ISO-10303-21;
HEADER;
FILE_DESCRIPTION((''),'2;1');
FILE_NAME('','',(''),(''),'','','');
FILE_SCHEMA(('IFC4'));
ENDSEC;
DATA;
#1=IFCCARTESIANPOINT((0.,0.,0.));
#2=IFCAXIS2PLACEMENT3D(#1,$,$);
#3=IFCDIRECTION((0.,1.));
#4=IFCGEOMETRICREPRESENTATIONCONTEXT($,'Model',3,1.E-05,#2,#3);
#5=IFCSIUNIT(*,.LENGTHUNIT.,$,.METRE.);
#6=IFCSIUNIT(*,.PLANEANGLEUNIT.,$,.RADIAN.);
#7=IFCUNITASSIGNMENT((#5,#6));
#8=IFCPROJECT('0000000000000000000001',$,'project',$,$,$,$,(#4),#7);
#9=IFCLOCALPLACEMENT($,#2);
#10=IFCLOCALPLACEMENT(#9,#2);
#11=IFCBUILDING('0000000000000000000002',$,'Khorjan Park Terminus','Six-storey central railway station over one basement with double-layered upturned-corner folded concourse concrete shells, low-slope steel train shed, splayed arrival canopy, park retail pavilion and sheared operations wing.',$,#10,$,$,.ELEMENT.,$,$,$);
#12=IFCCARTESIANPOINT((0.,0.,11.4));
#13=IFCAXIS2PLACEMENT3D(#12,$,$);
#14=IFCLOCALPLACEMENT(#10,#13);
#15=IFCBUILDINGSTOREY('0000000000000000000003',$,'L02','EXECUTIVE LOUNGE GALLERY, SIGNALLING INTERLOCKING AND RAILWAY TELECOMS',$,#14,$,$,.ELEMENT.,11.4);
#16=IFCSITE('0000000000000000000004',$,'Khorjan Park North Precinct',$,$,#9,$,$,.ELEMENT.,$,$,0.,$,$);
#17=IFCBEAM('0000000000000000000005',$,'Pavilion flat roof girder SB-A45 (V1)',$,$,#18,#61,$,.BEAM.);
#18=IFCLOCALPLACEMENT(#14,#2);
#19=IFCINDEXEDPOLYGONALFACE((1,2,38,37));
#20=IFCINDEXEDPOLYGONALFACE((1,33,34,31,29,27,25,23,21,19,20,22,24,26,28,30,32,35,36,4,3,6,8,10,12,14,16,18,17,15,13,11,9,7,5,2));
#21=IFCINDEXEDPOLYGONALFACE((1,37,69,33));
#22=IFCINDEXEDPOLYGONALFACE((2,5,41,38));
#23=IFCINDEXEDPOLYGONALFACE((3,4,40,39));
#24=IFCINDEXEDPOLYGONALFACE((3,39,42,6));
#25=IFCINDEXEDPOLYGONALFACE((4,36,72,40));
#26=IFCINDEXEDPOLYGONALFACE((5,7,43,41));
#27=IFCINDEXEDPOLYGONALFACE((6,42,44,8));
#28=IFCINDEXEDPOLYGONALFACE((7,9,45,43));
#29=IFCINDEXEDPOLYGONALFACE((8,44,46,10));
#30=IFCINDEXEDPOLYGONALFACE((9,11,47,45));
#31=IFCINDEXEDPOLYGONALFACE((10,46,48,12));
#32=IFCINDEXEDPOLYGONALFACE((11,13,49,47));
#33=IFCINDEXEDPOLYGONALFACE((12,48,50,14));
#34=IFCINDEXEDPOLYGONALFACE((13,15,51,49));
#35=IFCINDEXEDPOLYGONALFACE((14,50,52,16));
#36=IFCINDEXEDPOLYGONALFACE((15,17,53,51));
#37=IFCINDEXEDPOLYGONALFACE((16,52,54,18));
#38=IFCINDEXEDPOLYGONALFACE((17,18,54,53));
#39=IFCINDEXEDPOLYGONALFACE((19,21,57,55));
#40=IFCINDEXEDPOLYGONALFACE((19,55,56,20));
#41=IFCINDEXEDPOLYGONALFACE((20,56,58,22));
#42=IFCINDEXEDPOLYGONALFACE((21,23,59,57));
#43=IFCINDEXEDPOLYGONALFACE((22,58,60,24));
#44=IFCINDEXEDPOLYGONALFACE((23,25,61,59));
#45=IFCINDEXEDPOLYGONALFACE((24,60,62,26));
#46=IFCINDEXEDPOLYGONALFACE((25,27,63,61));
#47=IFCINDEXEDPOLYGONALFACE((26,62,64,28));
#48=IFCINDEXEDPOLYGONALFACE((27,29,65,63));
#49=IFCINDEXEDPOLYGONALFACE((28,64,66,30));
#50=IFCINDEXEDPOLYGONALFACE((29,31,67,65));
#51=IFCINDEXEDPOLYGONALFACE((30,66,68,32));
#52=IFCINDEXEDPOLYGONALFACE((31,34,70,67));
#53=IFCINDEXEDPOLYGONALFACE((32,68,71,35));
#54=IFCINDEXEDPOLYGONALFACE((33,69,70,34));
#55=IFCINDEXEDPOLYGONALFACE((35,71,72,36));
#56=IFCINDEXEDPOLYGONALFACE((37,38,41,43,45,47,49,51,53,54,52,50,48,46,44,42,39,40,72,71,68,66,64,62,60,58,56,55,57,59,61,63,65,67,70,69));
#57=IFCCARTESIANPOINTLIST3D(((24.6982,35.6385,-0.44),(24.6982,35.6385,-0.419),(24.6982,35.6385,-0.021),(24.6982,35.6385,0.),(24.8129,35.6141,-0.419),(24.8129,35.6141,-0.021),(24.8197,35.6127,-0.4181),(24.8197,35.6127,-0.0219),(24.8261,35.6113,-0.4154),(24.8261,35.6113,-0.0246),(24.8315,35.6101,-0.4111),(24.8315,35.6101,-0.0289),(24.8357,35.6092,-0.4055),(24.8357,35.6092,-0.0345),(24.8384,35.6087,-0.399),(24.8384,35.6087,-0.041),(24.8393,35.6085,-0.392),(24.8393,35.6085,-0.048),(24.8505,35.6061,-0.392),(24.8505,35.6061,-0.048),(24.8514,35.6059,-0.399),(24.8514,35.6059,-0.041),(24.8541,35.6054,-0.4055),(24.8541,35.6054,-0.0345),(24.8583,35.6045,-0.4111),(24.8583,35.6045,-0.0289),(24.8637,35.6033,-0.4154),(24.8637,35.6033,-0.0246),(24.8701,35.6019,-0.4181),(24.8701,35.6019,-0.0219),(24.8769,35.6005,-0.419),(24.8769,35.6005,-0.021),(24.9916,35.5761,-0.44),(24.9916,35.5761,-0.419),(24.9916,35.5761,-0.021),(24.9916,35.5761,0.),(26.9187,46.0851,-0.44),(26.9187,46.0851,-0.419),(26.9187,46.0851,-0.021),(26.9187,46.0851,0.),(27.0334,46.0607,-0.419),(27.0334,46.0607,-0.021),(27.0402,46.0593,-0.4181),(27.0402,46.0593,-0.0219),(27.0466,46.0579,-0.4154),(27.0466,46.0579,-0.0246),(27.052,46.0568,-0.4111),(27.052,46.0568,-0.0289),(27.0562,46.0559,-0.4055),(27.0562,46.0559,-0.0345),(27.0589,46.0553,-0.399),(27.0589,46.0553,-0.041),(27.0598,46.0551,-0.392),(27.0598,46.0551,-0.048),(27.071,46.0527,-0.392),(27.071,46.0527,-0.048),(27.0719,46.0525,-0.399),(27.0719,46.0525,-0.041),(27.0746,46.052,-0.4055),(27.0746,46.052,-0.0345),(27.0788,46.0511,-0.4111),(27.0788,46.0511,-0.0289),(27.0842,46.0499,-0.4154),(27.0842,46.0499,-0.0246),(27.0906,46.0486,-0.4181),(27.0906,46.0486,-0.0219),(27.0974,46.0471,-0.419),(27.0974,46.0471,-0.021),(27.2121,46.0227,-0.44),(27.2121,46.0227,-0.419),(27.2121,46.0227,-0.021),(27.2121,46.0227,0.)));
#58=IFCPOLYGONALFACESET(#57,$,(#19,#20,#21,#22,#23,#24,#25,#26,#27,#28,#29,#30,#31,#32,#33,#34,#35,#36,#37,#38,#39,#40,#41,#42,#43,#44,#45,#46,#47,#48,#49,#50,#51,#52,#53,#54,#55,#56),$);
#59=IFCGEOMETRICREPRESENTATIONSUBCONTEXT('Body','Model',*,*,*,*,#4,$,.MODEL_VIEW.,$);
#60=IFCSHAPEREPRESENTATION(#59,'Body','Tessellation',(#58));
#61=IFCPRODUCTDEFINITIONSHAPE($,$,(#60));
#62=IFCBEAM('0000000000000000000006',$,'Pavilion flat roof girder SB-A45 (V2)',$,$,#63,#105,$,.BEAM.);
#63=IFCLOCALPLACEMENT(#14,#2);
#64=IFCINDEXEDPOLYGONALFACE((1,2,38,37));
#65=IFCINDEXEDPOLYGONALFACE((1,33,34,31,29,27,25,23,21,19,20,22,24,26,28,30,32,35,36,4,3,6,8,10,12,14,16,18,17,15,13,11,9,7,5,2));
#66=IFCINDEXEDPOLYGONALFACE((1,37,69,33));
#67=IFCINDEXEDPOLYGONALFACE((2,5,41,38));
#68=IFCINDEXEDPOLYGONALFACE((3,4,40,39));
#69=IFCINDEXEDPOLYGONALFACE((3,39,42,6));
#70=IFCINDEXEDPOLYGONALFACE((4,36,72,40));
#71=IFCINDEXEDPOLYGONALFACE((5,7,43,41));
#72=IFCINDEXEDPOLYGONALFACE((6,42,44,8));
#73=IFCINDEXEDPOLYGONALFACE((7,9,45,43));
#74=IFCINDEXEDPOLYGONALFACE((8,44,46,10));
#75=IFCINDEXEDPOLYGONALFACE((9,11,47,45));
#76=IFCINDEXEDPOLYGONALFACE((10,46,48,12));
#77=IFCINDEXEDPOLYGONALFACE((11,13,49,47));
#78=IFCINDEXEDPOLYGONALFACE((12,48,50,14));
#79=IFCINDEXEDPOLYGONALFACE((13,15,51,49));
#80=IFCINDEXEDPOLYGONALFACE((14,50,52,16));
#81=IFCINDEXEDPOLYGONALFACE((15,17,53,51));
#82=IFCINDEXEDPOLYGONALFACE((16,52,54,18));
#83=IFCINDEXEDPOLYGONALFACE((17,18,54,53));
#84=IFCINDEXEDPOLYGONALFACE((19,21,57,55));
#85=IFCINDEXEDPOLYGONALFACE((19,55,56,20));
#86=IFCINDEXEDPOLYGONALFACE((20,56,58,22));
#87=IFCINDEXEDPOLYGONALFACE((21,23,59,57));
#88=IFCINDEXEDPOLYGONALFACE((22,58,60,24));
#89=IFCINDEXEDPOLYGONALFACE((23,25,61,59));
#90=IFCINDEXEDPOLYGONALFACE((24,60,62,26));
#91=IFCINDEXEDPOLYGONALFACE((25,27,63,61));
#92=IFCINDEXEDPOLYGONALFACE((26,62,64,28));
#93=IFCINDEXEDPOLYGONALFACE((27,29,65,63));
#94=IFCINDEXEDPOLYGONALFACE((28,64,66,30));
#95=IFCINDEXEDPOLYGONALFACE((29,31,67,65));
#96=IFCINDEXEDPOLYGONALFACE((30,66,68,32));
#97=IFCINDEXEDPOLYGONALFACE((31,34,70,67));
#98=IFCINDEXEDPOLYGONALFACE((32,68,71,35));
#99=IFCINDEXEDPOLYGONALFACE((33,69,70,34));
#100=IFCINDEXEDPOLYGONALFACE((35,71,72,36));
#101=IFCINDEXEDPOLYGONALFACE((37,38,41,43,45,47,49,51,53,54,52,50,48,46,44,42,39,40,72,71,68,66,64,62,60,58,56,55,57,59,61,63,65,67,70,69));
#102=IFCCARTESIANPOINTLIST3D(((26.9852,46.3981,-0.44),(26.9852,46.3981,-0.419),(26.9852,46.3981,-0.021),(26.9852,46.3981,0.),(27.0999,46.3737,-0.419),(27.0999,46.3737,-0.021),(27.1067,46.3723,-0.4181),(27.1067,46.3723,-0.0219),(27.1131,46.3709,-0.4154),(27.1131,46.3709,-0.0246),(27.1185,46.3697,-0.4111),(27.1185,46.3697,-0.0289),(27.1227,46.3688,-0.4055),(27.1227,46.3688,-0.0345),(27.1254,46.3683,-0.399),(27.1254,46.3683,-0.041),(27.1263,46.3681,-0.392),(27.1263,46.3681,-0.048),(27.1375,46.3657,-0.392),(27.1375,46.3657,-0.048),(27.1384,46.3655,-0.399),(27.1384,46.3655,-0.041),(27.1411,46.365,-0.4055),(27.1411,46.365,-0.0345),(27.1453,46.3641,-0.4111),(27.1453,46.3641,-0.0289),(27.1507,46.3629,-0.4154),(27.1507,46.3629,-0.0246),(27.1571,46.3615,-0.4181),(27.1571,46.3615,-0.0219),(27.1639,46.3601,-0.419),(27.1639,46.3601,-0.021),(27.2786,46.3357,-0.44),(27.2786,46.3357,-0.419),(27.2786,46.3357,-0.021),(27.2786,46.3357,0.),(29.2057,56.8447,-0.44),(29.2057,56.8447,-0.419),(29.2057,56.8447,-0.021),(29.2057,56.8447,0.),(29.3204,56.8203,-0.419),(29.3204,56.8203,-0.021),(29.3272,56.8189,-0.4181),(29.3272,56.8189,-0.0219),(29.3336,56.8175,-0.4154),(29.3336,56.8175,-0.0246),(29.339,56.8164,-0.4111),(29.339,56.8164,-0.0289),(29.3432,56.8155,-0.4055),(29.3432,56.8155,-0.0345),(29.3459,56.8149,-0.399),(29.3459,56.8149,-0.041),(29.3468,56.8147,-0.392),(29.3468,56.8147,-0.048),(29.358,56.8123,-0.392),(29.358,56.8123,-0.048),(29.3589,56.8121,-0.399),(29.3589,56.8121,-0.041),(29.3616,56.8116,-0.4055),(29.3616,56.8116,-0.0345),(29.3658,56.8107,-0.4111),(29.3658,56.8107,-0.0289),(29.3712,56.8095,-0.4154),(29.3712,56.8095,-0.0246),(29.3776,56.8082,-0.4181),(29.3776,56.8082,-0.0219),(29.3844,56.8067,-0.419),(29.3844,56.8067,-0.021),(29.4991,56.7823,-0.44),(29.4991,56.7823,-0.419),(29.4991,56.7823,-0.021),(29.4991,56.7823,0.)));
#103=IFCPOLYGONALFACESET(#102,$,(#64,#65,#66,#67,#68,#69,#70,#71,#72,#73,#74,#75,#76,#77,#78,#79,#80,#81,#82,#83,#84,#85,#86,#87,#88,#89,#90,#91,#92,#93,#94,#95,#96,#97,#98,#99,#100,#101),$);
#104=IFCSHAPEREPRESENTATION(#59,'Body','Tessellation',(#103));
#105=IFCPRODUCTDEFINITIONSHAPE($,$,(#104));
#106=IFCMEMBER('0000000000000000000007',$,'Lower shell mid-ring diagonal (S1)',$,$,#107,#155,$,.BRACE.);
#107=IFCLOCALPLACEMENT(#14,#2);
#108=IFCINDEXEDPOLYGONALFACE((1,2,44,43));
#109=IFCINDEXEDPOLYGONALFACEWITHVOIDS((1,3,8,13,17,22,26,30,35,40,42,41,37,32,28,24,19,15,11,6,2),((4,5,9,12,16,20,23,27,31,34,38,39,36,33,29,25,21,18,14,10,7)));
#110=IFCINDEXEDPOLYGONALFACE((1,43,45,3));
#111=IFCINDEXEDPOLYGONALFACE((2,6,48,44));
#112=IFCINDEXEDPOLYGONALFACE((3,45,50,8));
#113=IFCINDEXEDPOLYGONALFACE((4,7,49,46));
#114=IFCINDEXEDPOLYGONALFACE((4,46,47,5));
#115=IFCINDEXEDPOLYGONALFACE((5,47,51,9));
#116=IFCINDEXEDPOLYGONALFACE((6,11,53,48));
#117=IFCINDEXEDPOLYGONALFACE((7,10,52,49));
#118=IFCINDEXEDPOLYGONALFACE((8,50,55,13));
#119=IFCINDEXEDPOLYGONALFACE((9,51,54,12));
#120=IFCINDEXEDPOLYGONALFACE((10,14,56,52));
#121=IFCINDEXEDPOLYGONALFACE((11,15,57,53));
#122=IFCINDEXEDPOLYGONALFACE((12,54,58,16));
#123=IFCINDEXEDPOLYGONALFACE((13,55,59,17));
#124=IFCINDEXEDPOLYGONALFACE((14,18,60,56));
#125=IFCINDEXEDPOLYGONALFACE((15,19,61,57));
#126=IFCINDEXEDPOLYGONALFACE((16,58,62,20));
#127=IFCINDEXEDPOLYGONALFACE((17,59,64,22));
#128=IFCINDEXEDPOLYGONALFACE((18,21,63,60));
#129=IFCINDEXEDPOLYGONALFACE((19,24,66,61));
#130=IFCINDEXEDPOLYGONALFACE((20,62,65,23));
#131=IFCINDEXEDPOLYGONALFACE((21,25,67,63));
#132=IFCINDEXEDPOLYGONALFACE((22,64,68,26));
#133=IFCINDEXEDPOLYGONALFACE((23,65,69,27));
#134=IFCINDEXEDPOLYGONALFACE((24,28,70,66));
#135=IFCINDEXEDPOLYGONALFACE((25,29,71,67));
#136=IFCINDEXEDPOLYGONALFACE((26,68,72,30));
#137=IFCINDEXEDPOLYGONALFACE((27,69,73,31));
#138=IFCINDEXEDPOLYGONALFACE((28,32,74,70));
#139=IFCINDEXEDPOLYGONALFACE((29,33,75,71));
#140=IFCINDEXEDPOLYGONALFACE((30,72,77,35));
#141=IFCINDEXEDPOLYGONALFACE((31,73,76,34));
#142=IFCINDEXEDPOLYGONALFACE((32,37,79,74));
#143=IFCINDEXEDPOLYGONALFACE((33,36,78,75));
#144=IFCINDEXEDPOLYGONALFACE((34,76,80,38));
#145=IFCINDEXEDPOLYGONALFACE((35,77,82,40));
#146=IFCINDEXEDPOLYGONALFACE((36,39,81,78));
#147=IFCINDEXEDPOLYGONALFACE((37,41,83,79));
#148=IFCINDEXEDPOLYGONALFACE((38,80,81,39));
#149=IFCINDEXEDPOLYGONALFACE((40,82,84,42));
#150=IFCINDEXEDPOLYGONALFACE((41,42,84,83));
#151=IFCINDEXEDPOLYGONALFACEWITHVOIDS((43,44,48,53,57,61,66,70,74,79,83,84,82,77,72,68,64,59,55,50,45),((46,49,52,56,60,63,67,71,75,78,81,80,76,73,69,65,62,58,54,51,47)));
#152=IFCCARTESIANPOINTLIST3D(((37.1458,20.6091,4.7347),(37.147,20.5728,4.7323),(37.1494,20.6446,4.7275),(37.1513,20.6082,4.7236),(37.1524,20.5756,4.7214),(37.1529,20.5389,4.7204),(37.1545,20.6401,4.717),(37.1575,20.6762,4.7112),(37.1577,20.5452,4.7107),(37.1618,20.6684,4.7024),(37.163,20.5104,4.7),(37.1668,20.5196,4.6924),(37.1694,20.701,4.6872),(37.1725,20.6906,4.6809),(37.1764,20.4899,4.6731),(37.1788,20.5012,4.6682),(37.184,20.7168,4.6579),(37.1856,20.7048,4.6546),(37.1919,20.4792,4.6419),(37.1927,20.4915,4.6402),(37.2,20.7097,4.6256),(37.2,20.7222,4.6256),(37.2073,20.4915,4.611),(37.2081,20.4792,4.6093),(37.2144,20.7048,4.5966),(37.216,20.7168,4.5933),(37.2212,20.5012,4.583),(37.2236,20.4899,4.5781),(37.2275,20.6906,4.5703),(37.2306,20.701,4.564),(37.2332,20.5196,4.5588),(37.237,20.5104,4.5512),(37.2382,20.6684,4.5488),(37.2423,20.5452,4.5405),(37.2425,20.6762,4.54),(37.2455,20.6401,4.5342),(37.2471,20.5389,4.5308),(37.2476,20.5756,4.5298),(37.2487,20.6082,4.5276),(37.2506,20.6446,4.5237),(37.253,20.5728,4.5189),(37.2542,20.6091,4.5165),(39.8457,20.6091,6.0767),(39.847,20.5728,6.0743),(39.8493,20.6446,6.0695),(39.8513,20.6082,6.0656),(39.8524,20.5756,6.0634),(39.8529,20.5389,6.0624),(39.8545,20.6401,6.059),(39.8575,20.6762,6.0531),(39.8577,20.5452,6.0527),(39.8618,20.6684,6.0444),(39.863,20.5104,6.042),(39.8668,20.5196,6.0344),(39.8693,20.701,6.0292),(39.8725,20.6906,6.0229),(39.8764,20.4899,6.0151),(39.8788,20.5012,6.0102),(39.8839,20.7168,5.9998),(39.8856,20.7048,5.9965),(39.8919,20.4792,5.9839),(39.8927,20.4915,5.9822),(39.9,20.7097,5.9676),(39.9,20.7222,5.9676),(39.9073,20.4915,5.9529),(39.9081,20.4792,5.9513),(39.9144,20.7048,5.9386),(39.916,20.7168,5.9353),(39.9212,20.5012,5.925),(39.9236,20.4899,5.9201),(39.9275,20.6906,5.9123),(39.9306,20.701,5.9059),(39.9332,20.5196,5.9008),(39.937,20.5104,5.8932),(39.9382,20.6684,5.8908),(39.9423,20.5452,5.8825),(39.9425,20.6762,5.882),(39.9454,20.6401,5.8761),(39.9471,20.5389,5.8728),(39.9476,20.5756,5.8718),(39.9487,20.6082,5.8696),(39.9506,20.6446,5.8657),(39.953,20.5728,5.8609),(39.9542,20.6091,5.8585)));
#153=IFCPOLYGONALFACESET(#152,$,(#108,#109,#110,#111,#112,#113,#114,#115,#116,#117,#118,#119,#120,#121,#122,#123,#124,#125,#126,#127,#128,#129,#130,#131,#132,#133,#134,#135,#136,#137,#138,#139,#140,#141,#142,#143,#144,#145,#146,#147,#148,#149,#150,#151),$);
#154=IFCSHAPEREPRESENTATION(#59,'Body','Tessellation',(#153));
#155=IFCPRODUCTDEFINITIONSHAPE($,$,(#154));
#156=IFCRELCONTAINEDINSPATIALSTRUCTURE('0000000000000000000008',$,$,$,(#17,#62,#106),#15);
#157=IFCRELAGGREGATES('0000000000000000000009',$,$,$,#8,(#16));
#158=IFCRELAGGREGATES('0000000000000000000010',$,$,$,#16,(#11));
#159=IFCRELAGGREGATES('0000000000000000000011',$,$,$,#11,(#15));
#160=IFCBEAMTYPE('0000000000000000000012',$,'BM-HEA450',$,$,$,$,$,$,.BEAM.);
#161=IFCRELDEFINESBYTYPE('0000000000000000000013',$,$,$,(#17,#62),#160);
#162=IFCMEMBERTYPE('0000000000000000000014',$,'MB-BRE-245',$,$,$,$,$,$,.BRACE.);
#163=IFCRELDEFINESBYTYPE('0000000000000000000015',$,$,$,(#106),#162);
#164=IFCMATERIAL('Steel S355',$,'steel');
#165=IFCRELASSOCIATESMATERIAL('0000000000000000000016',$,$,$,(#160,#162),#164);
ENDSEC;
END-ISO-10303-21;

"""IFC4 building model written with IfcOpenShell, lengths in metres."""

from ifc_helpers import new_model, si_unit, direction, frame, origin, origin_2d, place, context, subcontext, project, spatial, hollow_circle, i_section, extrude, material, material_profile, profile_set, type_object, element, save


model = new_model("IFC4")

# Units and contexts
model_context = context("Model", 3, precision=1e-05, world=origin(), true_north=direction((0.0, 1.0)))
body_context = subcontext(model_context, "Body", "Model", "MODEL_VIEW")
ifc_project = project(units=[si_unit("LENGTHUNIT", "METRE"), si_unit("PLANEANGLEUNIT", "RADIAN")], contexts=[model_context])

# Site, building, storey
site_placement = place(None, origin())
site = spatial("IfcSite", under=ifc_project, at=site_placement, Name="Khorjan Park North Precinct", CompositionType="ELEMENT", RefElevation=0.0)
building_placement = place(site_placement, origin())
building = spatial("IfcBuilding", under=site, at=building_placement, Name="Khorjan Park Terminus", Description="Six-storey central railway station over one basement with double-layered upturned-corner folded concourse concrete shells, low-slope steel train shed, splayed arrival canopy, park retail pavilion and sheared operations wing.", CompositionType="ELEMENT")
storey_placement = place(building_placement, frame((0.0, 0.0, 11.4)))
storey = spatial("IfcBuildingStorey", under=building, at=storey_placement, Name="L02", Description="EXECUTIVE LOUNGE GALLERY, SIGNALLING INTERLOCKING AND RAILWAY TELECOMS", CompositionType="ELEMENT", Elevation=11.4)

# Beams
ifc_material_1 = material(Name="Steel S355", Category="steel")
ifc_material_profile_1 = material_profile(ifc_material_1, i_section(OverallWidth=0.3, OverallDepth=0.44, WebThickness=0.0115, FlangeThickness=0.021, FilletRadius=0.027, at=origin_2d()), Name="HEA 450")
ifc_profile_set_1 = profile_set([ifc_material_profile_1], Name="Steel S355")
beam_type_1 = type_object("IfcBeamType", Name="BM-HEA450", PredefinedType="BEAM", material=ifc_profile_set_1)
for number, where, z_axis, x_axis, name in (
    (1, (24.8449, 35.6073, -0.22), (0.207912, 0.978147, 0.0), (-0.978147, 0.207912, 0.0), "Pavilion flat roof girder SB-A45 (V1)"),
    (2, (27.1319, 46.3669, -0.22), (0.207912, 0.978147, 0.0), (-0.978147, 0.207912, 0.0), "Pavilion flat roof girder SB-A45 (V2)"),
):
    element("IfcBeam", number, at=place(storey_placement, frame(where, z_axis=z_axis, x_axis=x_axis)), inside=storey, type_object=beam_type_1, Name=name, PredefinedType="BEAM", context=body_context, shape_type="SweptSolid", body=[
        extrude(i_section(OverallWidth=0.3, OverallDepth=0.44, WebThickness=0.0115, FlangeThickness=0.021, FilletRadius=0.027, at=origin_2d()), origin(), (0.0, 0.0, 1.0), 10.68),
    ])

# Member
ifc_material_profile_2 = material_profile(ifc_material_1, hollow_circle(Radius=0.1222, WallThickness=0.0125, at=origin_2d()), Name="CHS 244.5x12.5")
ifc_profile_set_2 = profile_set([ifc_material_profile_2], Name="Steel S355")
member_type_1 = type_object("IfcMemberType", Name="MB-BRE-245", PredefinedType="BRACE", material=ifc_profile_set_2)
member_1_placement = place(storey_placement, frame((37.2, 20.6, 4.6256), z_axis=(0.895486, 0.0, 0.44509), x_axis=(0.0, 1.0, 0.0)))
element("IfcMember", 3, at=member_1_placement, inside=storey, type_object=member_type_1, Name="Lower shell mid-ring diagonal (S1)", PredefinedType="BRACE", context=body_context, shape_type="SweptSolid", body=[
    extrude(hollow_circle(Radius=0.1222, WallThickness=0.0125, at=origin_2d()), origin(), (0.0, 0.0, 1.0), 3.0151),
])

save(model, "model.ifc")
